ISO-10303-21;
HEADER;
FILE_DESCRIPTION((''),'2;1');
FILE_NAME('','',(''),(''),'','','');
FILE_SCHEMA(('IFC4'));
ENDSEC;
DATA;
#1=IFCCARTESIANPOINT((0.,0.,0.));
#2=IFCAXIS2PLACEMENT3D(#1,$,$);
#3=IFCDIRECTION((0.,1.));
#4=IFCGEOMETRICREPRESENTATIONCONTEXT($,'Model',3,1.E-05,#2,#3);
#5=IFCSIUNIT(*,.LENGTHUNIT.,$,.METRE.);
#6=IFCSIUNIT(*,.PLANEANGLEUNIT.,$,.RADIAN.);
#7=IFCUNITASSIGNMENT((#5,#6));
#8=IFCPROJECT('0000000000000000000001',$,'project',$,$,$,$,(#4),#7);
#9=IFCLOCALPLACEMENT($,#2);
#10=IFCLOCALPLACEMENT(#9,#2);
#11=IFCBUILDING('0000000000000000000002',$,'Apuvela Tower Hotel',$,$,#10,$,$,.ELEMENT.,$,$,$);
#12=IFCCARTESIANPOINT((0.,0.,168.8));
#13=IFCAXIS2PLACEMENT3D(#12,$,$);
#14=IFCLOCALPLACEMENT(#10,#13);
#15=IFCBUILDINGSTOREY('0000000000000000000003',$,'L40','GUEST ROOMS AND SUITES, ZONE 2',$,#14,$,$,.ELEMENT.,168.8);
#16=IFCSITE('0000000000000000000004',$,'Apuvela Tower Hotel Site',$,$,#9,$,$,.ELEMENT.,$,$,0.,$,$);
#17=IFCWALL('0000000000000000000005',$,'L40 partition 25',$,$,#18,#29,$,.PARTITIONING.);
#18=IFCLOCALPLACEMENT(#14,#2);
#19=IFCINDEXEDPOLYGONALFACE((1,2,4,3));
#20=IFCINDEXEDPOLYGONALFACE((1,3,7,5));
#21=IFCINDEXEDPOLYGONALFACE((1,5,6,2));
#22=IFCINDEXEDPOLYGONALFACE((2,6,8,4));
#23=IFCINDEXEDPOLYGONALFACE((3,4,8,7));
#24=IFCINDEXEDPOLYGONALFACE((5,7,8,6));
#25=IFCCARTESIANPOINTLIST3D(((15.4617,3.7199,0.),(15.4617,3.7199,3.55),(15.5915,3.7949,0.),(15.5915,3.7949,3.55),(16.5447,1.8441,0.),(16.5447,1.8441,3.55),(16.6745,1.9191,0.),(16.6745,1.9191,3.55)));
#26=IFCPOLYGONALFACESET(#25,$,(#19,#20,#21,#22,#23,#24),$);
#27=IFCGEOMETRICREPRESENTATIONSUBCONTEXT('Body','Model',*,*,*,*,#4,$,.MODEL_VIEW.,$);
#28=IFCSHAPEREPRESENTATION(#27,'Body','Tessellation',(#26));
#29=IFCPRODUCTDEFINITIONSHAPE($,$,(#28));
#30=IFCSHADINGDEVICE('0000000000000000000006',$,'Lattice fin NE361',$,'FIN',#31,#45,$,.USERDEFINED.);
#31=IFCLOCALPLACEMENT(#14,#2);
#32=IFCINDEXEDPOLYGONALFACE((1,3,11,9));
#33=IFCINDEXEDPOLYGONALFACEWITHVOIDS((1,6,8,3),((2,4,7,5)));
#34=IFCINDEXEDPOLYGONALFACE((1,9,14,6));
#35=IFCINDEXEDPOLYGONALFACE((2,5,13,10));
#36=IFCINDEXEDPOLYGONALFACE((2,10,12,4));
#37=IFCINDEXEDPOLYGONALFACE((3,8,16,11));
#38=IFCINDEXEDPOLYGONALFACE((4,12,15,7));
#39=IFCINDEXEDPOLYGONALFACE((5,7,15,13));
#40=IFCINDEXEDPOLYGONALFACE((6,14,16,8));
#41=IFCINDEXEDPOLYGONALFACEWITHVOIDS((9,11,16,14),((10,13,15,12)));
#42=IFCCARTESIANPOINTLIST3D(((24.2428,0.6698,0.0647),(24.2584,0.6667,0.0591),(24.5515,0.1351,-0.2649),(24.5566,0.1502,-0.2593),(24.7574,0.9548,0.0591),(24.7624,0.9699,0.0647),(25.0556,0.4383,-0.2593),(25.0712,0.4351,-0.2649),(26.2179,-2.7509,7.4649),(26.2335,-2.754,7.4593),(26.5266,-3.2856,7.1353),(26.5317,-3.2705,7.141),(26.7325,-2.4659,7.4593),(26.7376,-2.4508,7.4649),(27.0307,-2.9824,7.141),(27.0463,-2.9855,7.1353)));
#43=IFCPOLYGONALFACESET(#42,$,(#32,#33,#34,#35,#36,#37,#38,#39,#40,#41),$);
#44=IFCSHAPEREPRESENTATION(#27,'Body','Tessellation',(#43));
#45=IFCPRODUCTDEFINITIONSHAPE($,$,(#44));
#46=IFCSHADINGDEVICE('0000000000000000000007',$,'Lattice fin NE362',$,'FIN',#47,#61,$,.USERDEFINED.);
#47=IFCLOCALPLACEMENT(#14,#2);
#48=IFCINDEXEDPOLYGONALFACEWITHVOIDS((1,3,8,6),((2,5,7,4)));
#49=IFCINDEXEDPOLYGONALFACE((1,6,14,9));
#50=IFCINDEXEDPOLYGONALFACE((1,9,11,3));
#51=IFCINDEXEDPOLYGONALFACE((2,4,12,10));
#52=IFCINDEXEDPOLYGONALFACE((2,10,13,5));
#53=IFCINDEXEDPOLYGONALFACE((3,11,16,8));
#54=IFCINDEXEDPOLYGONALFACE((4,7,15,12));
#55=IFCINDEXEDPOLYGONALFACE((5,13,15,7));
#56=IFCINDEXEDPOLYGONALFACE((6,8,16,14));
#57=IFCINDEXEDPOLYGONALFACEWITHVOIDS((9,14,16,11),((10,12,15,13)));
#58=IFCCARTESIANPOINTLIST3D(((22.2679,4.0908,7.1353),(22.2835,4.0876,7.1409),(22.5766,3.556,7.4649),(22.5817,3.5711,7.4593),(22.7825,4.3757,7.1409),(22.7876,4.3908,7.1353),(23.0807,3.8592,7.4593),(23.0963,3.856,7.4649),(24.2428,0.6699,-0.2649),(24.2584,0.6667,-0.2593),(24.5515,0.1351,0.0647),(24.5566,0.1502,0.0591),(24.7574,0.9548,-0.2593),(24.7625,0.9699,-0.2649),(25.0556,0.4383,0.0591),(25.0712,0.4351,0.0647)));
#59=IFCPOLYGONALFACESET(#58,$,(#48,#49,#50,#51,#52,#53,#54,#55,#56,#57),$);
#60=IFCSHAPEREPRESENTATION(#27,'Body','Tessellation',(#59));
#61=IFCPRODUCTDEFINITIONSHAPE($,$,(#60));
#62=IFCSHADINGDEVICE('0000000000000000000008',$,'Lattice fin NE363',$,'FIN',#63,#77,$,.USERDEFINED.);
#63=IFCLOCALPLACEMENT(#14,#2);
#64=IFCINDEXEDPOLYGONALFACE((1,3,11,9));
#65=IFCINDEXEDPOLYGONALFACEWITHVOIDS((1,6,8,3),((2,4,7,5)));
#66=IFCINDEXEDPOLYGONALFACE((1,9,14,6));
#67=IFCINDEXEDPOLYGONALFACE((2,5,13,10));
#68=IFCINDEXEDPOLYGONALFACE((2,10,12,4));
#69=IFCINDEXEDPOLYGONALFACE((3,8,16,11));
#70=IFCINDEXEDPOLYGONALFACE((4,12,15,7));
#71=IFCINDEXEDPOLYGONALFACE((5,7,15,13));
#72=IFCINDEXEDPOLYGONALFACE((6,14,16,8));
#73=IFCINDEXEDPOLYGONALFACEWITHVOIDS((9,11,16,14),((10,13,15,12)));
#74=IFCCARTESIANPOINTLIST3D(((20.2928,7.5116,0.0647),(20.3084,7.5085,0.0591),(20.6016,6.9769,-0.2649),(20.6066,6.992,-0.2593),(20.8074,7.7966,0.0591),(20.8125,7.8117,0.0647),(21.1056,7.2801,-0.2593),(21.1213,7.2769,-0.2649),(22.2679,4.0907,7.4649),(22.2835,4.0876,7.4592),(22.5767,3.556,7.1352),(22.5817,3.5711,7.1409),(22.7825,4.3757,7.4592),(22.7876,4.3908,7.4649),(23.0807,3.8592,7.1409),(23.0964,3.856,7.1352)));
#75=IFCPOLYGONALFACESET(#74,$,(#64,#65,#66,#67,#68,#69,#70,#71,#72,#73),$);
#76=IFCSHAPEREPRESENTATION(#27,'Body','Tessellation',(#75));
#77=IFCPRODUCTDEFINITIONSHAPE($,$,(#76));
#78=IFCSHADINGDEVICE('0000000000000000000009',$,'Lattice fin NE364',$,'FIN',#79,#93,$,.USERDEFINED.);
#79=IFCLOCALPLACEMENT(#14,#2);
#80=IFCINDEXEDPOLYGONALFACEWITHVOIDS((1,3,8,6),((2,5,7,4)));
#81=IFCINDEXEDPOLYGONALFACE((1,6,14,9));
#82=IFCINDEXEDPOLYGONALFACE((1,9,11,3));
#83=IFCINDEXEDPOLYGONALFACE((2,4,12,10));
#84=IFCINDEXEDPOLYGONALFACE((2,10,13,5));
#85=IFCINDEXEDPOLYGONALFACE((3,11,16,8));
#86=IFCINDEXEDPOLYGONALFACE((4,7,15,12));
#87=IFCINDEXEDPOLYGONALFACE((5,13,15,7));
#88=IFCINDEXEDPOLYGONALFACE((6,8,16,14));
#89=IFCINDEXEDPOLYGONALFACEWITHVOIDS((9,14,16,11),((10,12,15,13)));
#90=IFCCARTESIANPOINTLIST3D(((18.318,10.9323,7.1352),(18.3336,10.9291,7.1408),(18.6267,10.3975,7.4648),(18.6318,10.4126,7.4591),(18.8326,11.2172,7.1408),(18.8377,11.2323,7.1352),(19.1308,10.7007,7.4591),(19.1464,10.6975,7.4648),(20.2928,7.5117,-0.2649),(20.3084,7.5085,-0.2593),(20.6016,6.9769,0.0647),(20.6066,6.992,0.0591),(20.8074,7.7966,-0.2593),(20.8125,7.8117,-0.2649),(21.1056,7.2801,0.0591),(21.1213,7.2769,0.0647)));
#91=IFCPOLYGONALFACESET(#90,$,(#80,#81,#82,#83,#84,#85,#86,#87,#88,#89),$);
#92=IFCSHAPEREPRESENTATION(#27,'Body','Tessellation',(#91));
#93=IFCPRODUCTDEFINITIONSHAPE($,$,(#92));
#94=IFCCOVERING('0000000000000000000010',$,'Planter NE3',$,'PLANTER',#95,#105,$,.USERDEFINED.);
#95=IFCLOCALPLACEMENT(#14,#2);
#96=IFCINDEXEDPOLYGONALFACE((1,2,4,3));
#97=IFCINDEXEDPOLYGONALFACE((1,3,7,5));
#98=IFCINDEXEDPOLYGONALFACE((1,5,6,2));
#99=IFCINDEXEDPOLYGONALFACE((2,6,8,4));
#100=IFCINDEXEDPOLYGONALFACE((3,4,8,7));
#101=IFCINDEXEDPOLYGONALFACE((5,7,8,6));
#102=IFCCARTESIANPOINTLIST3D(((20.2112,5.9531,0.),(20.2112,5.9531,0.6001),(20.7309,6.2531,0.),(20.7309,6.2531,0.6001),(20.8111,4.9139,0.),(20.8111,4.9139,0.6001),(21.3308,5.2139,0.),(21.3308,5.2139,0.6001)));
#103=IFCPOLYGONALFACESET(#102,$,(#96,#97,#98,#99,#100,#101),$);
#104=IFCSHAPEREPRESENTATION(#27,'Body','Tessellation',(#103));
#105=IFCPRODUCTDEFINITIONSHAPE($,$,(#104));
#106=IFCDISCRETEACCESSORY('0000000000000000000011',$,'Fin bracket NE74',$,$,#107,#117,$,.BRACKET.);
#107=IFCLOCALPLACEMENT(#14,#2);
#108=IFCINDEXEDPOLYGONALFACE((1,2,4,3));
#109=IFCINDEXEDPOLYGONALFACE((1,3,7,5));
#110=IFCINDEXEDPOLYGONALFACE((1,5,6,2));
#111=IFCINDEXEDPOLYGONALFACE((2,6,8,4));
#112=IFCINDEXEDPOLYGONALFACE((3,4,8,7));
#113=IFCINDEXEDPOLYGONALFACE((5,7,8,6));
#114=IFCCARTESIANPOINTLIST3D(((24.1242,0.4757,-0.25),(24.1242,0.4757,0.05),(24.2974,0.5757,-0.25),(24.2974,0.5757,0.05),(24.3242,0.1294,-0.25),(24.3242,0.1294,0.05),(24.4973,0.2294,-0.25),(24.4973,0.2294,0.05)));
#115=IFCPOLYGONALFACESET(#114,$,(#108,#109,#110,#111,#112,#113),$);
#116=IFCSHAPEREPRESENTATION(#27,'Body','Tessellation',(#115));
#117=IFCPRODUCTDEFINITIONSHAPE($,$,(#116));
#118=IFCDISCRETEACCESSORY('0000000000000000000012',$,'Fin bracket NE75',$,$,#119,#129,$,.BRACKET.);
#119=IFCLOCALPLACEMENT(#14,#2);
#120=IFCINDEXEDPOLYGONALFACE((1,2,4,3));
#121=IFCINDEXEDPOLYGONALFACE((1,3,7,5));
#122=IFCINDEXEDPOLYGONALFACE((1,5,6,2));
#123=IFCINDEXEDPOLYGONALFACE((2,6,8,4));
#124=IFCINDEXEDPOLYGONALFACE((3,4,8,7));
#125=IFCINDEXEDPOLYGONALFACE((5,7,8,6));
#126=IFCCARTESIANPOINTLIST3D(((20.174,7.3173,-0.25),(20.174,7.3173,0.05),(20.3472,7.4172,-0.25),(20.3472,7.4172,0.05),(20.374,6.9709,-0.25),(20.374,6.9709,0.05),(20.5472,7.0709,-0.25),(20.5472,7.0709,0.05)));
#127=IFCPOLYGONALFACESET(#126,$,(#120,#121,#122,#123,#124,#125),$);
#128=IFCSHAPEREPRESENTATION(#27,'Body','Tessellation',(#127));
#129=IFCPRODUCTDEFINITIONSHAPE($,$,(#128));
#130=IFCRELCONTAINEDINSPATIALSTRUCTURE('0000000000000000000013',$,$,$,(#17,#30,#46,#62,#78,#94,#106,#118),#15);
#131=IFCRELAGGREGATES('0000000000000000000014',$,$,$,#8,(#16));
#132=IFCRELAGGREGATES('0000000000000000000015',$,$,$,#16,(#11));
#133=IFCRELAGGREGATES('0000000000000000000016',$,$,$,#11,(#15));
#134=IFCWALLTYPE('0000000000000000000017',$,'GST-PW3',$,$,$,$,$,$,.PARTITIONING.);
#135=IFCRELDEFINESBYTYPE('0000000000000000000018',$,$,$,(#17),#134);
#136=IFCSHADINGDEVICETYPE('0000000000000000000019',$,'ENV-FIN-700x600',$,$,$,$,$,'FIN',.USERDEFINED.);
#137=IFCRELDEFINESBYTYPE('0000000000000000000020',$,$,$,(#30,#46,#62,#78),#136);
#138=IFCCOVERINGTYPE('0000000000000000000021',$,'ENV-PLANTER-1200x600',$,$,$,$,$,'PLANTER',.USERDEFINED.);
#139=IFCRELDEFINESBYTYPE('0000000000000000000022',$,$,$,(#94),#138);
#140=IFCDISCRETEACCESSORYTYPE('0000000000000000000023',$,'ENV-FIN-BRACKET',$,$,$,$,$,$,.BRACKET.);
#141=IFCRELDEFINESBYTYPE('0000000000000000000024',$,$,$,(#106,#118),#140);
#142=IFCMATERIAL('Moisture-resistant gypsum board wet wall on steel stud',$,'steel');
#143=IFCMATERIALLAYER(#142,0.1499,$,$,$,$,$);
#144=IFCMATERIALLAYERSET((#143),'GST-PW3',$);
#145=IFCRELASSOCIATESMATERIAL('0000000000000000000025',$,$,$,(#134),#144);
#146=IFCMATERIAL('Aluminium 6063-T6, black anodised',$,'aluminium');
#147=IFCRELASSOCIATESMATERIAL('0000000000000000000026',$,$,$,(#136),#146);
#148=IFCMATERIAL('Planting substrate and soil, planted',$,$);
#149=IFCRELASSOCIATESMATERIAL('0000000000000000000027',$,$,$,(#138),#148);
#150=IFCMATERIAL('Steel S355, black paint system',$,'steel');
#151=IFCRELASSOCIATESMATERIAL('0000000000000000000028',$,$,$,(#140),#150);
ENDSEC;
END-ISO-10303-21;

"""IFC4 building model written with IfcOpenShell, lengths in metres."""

from ifc_helpers import new_model, si_unit, direction, frame, frame_2d, origin, origin_2d, place, context, subcontext, project, spatial, rectangle, hollow_rectangle, extrude, material, layer, layer_set, material_profile, profile_set, type_object, element, save


model = new_model("IFC4")

# Units and contexts
model_context = context("Model", 3, precision=1e-05, world=origin(), true_north=direction((0.0, 1.0)))
body_context = subcontext(model_context, "Body", "Model", "MODEL_VIEW")
ifc_project = project(units=[si_unit("LENGTHUNIT", "METRE"), si_unit("PLANEANGLEUNIT", "RADIAN")], contexts=[model_context])

# Site, building, storey
site_placement = place(None, origin())
site = spatial("IfcSite", under=ifc_project, at=site_placement, Name="Apuvela Tower Hotel Site", CompositionType="ELEMENT", RefElevation=0.0)
building_placement = place(site_placement, origin())
building = spatial("IfcBuilding", under=site, at=building_placement, Name="Apuvela Tower Hotel", CompositionType="ELEMENT")
storey_placement = place(building_placement, frame((0.0, 0.0, 168.8)))
storey = spatial("IfcBuildingStorey", under=building, at=storey_placement, Name="L40", Description="GUEST ROOMS AND SUITES, ZONE 2", CompositionType="ELEMENT", Elevation=168.8)

# Wall
ifc_material_1 = material(Name="Moisture-resistant gypsum board wet wall on steel stud", Category="steel")
ifc_layer_1 = layer(ifc_material_1, 0.1499)
ifc_layer_set_1 = layer_set([ifc_layer_1], Name="GST-PW3")
wall_type_1 = type_object("IfcWallType", Name="GST-PW3", PredefinedType="PARTITIONING", material=ifc_layer_set_1)
wall_1_placement = place(storey_placement, frame((16.6096, 1.8816, 0.0), z_axis=(0.0, 0.0, 1.0), x_axis=(-0.500018, 0.866015, 0.0)))
element("IfcWall", 1, at=wall_1_placement, inside=storey, type_object=wall_type_1, Name="L40 partition 25", PredefinedType="PARTITIONING", context=body_context, shape_type="SweptSolid", body=[
    extrude(rectangle(XDim=2.166, YDim=0.1499, at=frame_2d((1.083, 0.0))), origin(), (0.0, 0.0, 1.0), 3.55),
])

# Shading devices
ifc_material_2 = material(Name="Aluminium 6063-T6, black anodised", Category="aluminium")
ifc_material_profile_1 = material_profile(ifc_material_2, hollow_rectangle(XDim=0.6001, YDim=0.7, WallThickness=0.012, at=origin_2d()), Name="AL BOX 700x600x12")
ifc_profile_set_1 = profile_set([ifc_material_profile_1], Name="Aluminium 6063-T6, black anodised")
shading_device_type = type_object("IfcShadingDeviceType", Name="ENV-FIN-700x600", ElementType="FIN", PredefinedType="USERDEFINED", material=ifc_profile_set_1)
for number, where, z_axis, x_axis, name in (
    (2, (24.657, 0.5525, -0.1001), (0.235458, -0.407787, 0.882196), (0.866005, 0.500035, 0.0), "Lattice fin NE361"),
    (3, (24.657, 0.5525, -0.1001), (-0.235428, 0.407814, 0.882191), (-0.866048, -0.499961, 0.0), "Lattice fin NE362"),
    (4, (20.707, 7.3943, -0.1001), (0.235455, -0.407812, 0.882185), (0.866021, 0.500008, 0.0), "Lattice fin NE363"),
):
    element("IfcShadingDevice", number, at=place(storey_placement, frame(where, z_axis=z_axis, x_axis=x_axis)), inside=storey, type_object=shading_device_type, Name=name, ObjectType="FIN", PredefinedType="USERDEFINED", context=body_context, shape_type="SweptSolid", body=[
        extrude(hollow_rectangle(XDim=0.6001, YDim=0.7, WallThickness=0.012, at=origin_2d()), origin(), (0.0, 0.0, 1.0), 8.3884),
    ])
shading_device_placement = place(storey_placement, frame((20.707, 7.3943, -0.1001), z_axis=(-0.23543, 0.40779, 0.882202), x_axis=(-0.866032, -0.499988, 0.0)))
element("IfcShadingDevice", 5, at=shading_device_placement, inside=storey, type_object=shading_device_type, Name="Lattice fin NE364", ObjectType="FIN", PredefinedType="USERDEFINED", context=body_context, shape_type="SweptSolid", body=[
    extrude(hollow_rectangle(XDim=0.6001, YDim=0.7, WallThickness=0.012, at=origin_2d()), origin(), (0.0, 0.0, 1.0), 8.3882),
])

# Covering
ifc_material_3 = material(Name="Planting substrate and soil, planted")
covering_type = type_object("IfcCoveringType", Name="ENV-PLANTER-1200x600", ElementType="PLANTER", PredefinedType="USERDEFINED", material=ifc_material_3)
covering_placement = place(storey_placement, frame((20.771, 5.5835, 0.0), z_axis=(0.0, 0.0, 1.0), x_axis=(-0.5, 0.866025, 0.0)))
element("IfcCovering", 6, at=covering_placement, inside=storey, type_object=covering_type, Name="Planter NE3", ObjectType="PLANTER", PredefinedType="USERDEFINED", context=body_context, shape_type="SweptSolid", body=[
    extrude(rectangle(XDim=1.2, YDim=0.6001, at=origin_2d()), origin(), (0.0, 0.0, 1.0), 0.6001),
])

# Discrete accessories
ifc_material_4 = material(Name="Steel S355, black paint system", Category="steel")
discrete_accessory_type = type_object("IfcDiscreteAccessoryType", Name="ENV-FIN-BRACKET", PredefinedType="BRACKET", material=ifc_material_4)
for number, where, z_axis, x_axis, name in (
    (7, (24.3108, 0.3525, -0.25), (0.0, 0.0, 1.0), (-0.5, 0.866025, 0.0), "Fin bracket NE74"),
    (8, (20.3606, 7.1941, -0.25), (0.0, 0.0, 1.0), (-0.5, 0.866025, 0.0), "Fin bracket NE75"),
):
    element("IfcDiscreteAccessory", number, at=place(storey_placement, frame(where, z_axis=z_axis, x_axis=x_axis)), inside=storey, type_object=discrete_accessory_type, Name=name, PredefinedType="BRACKET", context=body_context, shape_type="SweptSolid", body=[
        extrude(rectangle(XDim=0.3999, YDim=0.2, at=origin_2d()), origin(), (0.0, 0.0, 1.0), 0.3),
    ])

save(model, "model.ifc")
